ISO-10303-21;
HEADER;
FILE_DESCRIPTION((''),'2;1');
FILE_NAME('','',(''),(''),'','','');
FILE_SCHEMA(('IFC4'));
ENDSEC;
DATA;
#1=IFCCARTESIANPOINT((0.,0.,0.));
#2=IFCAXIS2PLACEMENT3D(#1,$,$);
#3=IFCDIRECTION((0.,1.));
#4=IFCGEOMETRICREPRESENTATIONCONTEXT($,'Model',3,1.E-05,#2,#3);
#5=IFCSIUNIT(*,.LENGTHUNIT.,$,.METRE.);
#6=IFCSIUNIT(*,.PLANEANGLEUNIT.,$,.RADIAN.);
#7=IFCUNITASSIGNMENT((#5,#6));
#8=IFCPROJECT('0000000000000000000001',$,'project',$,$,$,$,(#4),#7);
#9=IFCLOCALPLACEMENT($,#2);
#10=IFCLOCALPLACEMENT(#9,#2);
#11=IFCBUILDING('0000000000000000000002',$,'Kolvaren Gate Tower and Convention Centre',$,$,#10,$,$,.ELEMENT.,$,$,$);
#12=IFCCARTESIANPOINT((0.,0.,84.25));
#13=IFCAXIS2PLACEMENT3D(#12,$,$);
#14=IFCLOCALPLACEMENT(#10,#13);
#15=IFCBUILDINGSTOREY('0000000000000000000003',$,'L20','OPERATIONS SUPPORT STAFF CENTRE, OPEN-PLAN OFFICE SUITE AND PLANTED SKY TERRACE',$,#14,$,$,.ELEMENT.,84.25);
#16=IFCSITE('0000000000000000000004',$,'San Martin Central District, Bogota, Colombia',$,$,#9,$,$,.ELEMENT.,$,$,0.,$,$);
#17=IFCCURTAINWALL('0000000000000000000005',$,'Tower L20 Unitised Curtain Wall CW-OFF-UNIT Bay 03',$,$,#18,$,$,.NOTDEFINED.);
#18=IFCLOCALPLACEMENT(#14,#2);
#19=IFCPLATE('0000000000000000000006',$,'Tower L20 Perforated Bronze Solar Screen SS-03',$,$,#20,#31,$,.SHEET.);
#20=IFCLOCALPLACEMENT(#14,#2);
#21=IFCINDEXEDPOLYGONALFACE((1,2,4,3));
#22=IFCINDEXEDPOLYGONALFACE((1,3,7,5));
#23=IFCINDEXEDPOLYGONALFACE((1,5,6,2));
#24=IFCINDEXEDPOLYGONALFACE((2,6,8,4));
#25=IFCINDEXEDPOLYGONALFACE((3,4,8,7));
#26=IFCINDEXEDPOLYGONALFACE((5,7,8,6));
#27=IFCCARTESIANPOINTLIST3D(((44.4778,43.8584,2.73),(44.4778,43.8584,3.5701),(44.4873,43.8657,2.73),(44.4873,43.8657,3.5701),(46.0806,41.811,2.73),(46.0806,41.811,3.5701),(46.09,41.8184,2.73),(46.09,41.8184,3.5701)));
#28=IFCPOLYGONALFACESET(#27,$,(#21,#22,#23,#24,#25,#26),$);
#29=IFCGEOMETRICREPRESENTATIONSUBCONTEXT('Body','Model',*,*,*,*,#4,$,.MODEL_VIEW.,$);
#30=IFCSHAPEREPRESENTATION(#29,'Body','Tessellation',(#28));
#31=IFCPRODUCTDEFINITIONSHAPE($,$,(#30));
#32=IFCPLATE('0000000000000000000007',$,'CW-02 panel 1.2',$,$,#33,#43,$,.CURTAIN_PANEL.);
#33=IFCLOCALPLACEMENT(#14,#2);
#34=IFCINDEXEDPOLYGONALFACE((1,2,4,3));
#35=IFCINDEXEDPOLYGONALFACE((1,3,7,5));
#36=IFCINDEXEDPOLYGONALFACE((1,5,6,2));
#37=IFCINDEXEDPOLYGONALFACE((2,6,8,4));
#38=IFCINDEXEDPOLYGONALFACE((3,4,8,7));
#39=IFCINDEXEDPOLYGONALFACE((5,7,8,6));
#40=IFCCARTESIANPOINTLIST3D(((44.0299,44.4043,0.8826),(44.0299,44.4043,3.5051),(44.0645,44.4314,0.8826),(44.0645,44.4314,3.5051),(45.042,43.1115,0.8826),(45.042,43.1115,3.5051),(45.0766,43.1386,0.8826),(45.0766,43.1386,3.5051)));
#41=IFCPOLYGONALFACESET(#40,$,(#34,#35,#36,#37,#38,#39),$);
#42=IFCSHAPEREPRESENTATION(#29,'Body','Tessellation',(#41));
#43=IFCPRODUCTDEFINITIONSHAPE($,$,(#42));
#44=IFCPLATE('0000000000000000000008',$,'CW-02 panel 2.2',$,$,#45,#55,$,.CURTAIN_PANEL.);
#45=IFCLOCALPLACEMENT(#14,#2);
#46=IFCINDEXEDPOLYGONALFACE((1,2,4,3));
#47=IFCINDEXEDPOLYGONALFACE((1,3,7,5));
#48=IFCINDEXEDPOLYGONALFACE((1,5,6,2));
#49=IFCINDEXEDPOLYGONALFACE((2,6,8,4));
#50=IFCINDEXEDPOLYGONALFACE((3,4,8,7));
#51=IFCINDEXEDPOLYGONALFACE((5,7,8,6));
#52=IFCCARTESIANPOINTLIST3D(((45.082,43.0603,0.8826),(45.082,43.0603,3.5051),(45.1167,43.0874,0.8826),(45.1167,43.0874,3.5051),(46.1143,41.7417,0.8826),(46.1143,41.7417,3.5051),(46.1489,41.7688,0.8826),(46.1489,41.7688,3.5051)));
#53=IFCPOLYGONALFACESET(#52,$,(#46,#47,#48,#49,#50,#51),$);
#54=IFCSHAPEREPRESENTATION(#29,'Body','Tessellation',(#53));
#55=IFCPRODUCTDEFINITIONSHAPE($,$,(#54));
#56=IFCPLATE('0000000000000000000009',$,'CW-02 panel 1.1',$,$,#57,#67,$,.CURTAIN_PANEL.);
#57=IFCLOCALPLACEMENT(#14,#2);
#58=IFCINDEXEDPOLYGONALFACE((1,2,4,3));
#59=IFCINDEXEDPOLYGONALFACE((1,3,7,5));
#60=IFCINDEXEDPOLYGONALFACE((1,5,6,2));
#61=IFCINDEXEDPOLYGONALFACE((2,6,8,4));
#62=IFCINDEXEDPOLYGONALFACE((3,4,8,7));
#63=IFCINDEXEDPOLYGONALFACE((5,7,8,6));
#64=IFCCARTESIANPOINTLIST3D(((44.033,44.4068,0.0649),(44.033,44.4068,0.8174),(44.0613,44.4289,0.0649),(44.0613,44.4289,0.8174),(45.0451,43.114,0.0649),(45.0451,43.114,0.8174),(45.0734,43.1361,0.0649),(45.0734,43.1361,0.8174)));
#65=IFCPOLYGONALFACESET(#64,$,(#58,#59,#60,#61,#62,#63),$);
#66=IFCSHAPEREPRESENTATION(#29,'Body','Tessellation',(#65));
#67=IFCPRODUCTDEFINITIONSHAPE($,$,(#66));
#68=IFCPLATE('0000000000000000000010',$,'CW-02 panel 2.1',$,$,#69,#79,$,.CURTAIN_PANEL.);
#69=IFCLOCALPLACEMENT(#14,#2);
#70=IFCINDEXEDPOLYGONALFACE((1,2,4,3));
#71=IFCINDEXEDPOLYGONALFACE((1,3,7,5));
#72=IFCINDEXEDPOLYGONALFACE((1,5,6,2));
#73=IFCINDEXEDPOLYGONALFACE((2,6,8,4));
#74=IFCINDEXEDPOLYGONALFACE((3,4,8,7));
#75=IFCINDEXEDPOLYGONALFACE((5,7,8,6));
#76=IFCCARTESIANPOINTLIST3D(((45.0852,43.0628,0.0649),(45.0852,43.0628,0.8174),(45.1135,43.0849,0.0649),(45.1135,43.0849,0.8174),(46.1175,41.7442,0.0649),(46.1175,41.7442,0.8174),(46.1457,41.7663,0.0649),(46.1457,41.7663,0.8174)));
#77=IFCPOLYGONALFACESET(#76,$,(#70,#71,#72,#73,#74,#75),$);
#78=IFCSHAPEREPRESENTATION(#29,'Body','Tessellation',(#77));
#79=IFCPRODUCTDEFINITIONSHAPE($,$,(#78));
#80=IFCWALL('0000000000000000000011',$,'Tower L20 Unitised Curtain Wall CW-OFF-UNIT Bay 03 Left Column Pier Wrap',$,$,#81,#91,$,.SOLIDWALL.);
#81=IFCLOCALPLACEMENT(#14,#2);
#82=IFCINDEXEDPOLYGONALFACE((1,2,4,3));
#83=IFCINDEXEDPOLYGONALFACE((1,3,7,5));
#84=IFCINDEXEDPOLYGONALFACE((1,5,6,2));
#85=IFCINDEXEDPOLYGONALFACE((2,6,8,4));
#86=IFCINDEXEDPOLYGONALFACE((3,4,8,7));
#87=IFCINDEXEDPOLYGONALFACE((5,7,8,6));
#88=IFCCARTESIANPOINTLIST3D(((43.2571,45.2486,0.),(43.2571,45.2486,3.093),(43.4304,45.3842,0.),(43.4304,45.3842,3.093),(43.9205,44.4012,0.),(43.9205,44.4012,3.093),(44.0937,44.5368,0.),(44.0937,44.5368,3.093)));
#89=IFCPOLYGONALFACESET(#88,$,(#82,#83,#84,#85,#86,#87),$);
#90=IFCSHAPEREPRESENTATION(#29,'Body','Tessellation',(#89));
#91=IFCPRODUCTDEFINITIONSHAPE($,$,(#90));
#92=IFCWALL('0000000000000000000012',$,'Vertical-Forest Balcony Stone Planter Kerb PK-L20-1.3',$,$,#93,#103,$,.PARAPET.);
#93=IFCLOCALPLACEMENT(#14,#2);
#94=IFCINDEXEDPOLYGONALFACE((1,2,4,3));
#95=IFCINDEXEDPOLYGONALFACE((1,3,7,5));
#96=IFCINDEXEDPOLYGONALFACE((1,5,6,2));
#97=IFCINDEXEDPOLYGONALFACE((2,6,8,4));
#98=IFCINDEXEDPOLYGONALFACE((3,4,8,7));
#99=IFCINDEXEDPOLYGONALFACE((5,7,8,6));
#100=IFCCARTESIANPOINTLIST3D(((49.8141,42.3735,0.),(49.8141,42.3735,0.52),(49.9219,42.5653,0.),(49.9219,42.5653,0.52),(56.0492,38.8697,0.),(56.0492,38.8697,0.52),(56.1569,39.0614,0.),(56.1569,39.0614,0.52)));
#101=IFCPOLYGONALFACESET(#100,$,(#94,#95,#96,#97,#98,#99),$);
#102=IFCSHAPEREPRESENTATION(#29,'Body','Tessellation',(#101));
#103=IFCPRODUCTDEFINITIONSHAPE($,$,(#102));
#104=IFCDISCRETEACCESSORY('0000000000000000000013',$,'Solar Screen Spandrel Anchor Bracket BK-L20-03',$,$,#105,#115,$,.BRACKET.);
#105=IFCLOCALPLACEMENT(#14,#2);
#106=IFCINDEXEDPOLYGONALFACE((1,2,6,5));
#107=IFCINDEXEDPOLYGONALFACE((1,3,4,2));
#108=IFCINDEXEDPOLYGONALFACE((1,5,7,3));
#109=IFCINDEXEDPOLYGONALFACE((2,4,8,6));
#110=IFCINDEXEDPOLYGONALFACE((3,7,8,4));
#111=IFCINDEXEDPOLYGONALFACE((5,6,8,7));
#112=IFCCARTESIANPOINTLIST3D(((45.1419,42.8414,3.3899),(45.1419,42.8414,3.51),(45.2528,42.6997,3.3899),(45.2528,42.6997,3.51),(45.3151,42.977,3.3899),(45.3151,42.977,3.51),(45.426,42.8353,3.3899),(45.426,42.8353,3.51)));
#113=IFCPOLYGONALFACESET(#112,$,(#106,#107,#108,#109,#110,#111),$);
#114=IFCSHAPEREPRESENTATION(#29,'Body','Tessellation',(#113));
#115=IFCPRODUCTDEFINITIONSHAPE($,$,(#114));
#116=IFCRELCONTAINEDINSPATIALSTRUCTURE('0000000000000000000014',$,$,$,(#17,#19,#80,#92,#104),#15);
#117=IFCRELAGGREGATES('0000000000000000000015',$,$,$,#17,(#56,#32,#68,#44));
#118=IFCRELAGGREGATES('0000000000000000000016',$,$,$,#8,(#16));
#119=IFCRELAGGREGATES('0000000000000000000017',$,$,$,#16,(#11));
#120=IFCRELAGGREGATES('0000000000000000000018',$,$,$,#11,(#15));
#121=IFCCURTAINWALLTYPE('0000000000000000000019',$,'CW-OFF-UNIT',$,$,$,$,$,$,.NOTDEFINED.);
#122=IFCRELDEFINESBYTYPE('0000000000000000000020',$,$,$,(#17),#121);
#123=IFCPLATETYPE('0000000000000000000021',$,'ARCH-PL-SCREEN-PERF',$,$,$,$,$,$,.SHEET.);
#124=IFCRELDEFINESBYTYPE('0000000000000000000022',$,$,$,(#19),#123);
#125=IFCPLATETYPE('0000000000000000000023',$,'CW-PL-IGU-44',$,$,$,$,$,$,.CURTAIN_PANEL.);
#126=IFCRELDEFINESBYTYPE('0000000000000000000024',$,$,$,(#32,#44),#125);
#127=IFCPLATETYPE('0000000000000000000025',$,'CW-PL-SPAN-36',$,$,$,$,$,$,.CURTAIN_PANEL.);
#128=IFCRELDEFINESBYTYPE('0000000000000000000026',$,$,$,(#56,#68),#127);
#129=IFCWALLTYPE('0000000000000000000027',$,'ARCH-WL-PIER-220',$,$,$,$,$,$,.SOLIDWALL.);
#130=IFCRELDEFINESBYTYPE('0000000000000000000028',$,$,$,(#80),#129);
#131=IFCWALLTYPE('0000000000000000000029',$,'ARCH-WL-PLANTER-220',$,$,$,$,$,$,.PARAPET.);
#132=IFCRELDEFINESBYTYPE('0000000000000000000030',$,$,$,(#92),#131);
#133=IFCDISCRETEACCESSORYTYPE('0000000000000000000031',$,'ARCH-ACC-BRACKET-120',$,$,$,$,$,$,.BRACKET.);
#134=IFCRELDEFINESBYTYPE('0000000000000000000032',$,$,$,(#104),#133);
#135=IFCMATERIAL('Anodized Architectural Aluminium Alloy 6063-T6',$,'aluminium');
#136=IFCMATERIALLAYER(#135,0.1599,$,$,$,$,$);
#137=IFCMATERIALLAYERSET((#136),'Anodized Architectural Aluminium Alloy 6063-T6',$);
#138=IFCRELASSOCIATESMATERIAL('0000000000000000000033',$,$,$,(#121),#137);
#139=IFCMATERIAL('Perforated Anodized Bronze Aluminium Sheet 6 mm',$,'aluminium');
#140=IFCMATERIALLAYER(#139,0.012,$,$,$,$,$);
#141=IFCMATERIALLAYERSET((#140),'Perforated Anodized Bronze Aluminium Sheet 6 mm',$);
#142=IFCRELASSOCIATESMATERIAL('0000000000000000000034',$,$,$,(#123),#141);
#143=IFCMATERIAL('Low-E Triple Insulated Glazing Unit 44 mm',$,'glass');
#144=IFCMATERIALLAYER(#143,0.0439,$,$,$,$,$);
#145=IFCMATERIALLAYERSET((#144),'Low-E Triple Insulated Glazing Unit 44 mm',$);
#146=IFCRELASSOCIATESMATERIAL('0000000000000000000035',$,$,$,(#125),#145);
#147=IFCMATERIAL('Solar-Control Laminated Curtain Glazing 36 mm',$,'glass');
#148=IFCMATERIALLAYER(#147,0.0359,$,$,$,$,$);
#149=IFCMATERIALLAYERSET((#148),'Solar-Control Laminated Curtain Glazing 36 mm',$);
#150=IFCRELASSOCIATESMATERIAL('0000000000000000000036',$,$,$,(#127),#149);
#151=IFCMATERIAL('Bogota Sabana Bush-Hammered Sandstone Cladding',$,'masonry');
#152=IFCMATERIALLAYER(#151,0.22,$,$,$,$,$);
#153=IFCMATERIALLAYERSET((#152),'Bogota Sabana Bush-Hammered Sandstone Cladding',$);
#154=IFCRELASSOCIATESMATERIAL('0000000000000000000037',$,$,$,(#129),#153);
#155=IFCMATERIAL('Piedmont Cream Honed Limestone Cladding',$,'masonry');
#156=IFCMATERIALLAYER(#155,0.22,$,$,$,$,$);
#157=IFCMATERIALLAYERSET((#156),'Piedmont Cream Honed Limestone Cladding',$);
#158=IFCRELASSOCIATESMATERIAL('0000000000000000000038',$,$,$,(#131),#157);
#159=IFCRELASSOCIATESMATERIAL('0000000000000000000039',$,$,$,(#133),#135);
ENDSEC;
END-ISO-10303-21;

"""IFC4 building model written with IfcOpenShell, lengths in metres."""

from ifc_helpers import new_model, si_unit, direction, frame, frame_2d, origin, origin_2d, place, context, subcontext, project, spatial, rectangle, extrude, material, layer, layer_set, type_object, element, aggregate, save


model = new_model("IFC4")

# Units and contexts
model_context = context("Model", 3, precision=1e-05, world=origin(), true_north=direction((0.0, 1.0)))
body_context = subcontext(model_context, "Body", "Model", "MODEL_VIEW")
ifc_project = project(units=[si_unit("LENGTHUNIT", "METRE"), si_unit("PLANEANGLEUNIT", "RADIAN")], contexts=[model_context])

# Site, building, storey
site_placement = place(None, origin())
site = spatial("IfcSite", under=ifc_project, at=site_placement, Name="San Martin Central District, Bogota, Colombia", CompositionType="ELEMENT", RefElevation=0.0)
building_placement = place(site_placement, origin())
building = spatial("IfcBuilding", under=site, at=building_placement, Name="Kolvaren Gate Tower and Convention Centre", CompositionType="ELEMENT")
storey_placement = place(building_placement, frame((0.0, 0.0, 84.25)))
storey = spatial("IfcBuildingStorey", under=building, at=storey_placement, Name="L20", Description="OPERATIONS SUPPORT STAFF CENTRE, OPEN-PLAN OFFICE SUITE AND PLANTED SKY TERRACE", CompositionType="ELEMENT", Elevation=84.25)

# Curtain wall
ifc_material_1 = material(Name="Anodized Architectural Aluminium Alloy 6063-T6", Category="aluminium")
ifc_layer_1 = layer(ifc_material_1, 0.1599)
ifc_layer_set_1 = layer_set([ifc_layer_1], Name="Anodized Architectural Aluminium Alloy 6063-T6")
curtain_wall_type = type_object("IfcCurtainWallType", Name="CW-OFF-UNIT", PredefinedType="NOTDEFINED", material=ifc_layer_set_1)
curtain_wall_placement = place(storey_placement, origin())
curtain_wall = element("IfcCurtainWall", 1, at=curtain_wall_placement, inside=storey, type_object=curtain_wall_type, Name="Tower L20 Unitised Curtain Wall CW-OFF-UNIT Bay 03", PredefinedType="NOTDEFINED")

# Plates
ifc_material_2 = material(Name="Perforated Anodized Bronze Aluminium Sheet 6 mm", Category="aluminium")
ifc_layer_2 = layer(ifc_material_2, 0.012)
ifc_layer_set_2 = layer_set([ifc_layer_2], Name="Perforated Anodized Bronze Aluminium Sheet 6 mm")
plate_type_1 = type_object("IfcPlateType", Name="ARCH-PL-SCREEN-PERF", PredefinedType="SHEET", material=ifc_layer_set_2)
plate_1_placement = place(storey_placement, frame((45.2839, 42.8384, 2.73), z_axis=(0.0, 0.0, 1.0), x_axis=(0.616431, -0.787409, 0.0)))
element("IfcPlate", 2, at=plate_1_placement, inside=storey, type_object=plate_type_1, Name="Tower L20 Perforated Bronze Solar Screen SS-03", PredefinedType="SHEET", context=body_context, shape_type="SweptSolid", body=[
    extrude(rectangle(XDim=2.6001, YDim=0.012, at=origin_2d()), origin(), (0.0, 0.0, 1.0), 0.8401),
])
ifc_material_3 = material(Name="Low-E Triple Insulated Glazing Unit 44 mm", Category="glass")
ifc_layer_3 = layer(ifc_material_3, 0.0439)
ifc_layer_set_3 = layer_set([ifc_layer_3], Name="Low-E Triple Insulated Glazing Unit 44 mm")
plate_type_2 = type_object("IfcPlateType", Name="CW-PL-IGU-44", PredefinedType="CURTAIN_PANEL", material=ifc_layer_set_3)
plate_2_placement = place(storey_placement, frame((44.5532, 43.7715, 0.8826), z_axis=(0.0, 0.0, 1.0), x_axis=(0.616434, -0.787406, 0.0)))
plate_2 = element("IfcPlate", 3, at=plate_2_placement, type_object=plate_type_2, Name="CW-02 panel 1.2", PredefinedType="CURTAIN_PANEL", context=body_context, shape_type="SweptSolid", body=[
    extrude(rectangle(XDim=1.6418, YDim=0.0439, at=origin_2d()), origin(), (0.0, 0.0, 1.0), 2.6226),
])
plate_3_placement = place(storey_placement, frame((45.6155, 42.4146, 0.8826), z_axis=(0.0, 0.0, 1.0), x_axis=(0.616434, -0.787406, 0.0)))
plate_3 = element("IfcPlate", 4, at=plate_3_placement, type_object=plate_type_2, Name="CW-02 panel 2.2", PredefinedType="CURTAIN_PANEL", context=body_context, shape_type="SweptSolid", body=[
    extrude(rectangle(XDim=1.6746, YDim=0.0439, at=origin_2d()), origin(), (0.0, 0.0, 1.0), 2.6226),
])
ifc_material_4 = material(Name="Solar-Control Laminated Curtain Glazing 36 mm", Category="glass")
ifc_layer_4 = layer(ifc_material_4, 0.0359)
ifc_layer_set_4 = layer_set([ifc_layer_4], Name="Solar-Control Laminated Curtain Glazing 36 mm")
plate_type_3 = type_object("IfcPlateType", Name="CW-PL-SPAN-36", PredefinedType="CURTAIN_PANEL", material=ifc_layer_set_4)
plate_4_placement = place(storey_placement, frame((44.5532, 43.7715, 0.0649), z_axis=(0.0, 0.0, 1.0), x_axis=(0.616434, -0.787406, 0.0)))
plate_4 = element("IfcPlate", 5, at=plate_4_placement, type_object=plate_type_3, Name="CW-02 panel 1.1", PredefinedType="CURTAIN_PANEL", context=body_context, shape_type="SweptSolid", body=[
    extrude(rectangle(XDim=1.6418, YDim=0.0359, at=origin_2d()), origin(), (0.0, 0.0, 1.0), 0.7524),
])
plate_5_placement = place(storey_placement, frame((45.6155, 42.4146, 0.0649), z_axis=(0.0, 0.0, 1.0), x_axis=(0.616434, -0.787406, 0.0)))
plate_5 = element("IfcPlate", 6, at=plate_5_placement, type_object=plate_type_3, Name="CW-02 panel 2.1", PredefinedType="CURTAIN_PANEL", context=body_context, shape_type="SweptSolid", body=[
    extrude(rectangle(XDim=1.6746, YDim=0.0359, at=origin_2d()), origin(), (0.0, 0.0, 1.0), 0.7524),
])
aggregate(curtain_wall, [plate_4, plate_2, plate_5, plate_3])

# Walls
ifc_material_5 = material(Name="Bogota Sabana Bush-Hammered Sandstone Cladding", Category="masonry")
ifc_layer_5 = layer(ifc_material_5, 0.22)
ifc_layer_set_5 = layer_set([ifc_layer_5], Name="Bogota Sabana Bush-Hammered Sandstone Cladding")
wall_type_1 = type_object("IfcWallType", Name="ARCH-WL-PIER-220", PredefinedType="SOLIDWALL", material=ifc_layer_set_5)
wall_1_placement = place(storey_placement, frame((43.3438, 45.3164, 0.0), z_axis=(0.0, 0.0, 1.0), x_axis=(0.616388, -0.787443, 0.0)))
element("IfcWall", 7, at=wall_1_placement, inside=storey, type_object=wall_type_1, Name="Tower L20 Unitised Curtain Wall CW-OFF-UNIT Bay 03 Left Column Pier Wrap", PredefinedType="SOLIDWALL", context=body_context, shape_type="SweptSolid", body=[
    extrude(rectangle(XDim=1.0762, YDim=0.22, at=frame_2d((0.5381, 0.0))), origin(), (0.0, 0.0, 1.0), 3.093),
])
ifc_material_6 = material(Name="Piedmont Cream Honed Limestone Cladding", Category="masonry")
ifc_layer_6 = layer(ifc_material_6, 0.22)
ifc_layer_set_6 = layer_set([ifc_layer_6], Name="Piedmont Cream Honed Limestone Cladding")
wall_type_2 = type_object("IfcWallType", Name="ARCH-WL-PLANTER-220", PredefinedType="PARAPET", material=ifc_layer_set_6)
wall_2_placement = place(storey_placement, frame((49.8679, 42.4695, 0.0), z_axis=(0.0, 0.0, 1.0), x_axis=(0.871775, -0.489906, 0.0)))
element("IfcWall", 8, at=wall_2_placement, inside=storey, type_object=wall_type_2, Name="Vertical-Forest Balcony Stone Planter Kerb PK-L20-1.3", PredefinedType="PARAPET", context=body_context, shape_type="SweptSolid", body=[
    extrude(rectangle(XDim=7.1521, YDim=0.22, at=frame_2d((3.5762, 0.0))), origin(), (0.0, 0.0, 1.0), 0.52),
])

# Discrete accessory
discrete_accessory_type = type_object("IfcDiscreteAccessoryType", Name="ARCH-ACC-BRACKET-120", PredefinedType="BRACKET", material=ifc_material_1)
discrete_accessory_placement = place(storey_placement, frame((45.2839, 42.8384, 3.3899), z_axis=(0.0, 0.0, 1.0), x_axis=(0.616431, -0.787409, 0.0)))
element("IfcDiscreteAccessory", 9, at=discrete_accessory_placement, inside=storey, type_object=discrete_accessory_type, Name="Solar Screen Spandrel Anchor Bracket BK-L20-03", PredefinedType="BRACKET", context=body_context, shape_type="SweptSolid", body=[
    extrude(rectangle(XDim=0.1799, YDim=0.22, at=origin_2d()), origin(), (0.0, 0.0, 1.0), 0.1201),
])

save(model, "model.ifc")
